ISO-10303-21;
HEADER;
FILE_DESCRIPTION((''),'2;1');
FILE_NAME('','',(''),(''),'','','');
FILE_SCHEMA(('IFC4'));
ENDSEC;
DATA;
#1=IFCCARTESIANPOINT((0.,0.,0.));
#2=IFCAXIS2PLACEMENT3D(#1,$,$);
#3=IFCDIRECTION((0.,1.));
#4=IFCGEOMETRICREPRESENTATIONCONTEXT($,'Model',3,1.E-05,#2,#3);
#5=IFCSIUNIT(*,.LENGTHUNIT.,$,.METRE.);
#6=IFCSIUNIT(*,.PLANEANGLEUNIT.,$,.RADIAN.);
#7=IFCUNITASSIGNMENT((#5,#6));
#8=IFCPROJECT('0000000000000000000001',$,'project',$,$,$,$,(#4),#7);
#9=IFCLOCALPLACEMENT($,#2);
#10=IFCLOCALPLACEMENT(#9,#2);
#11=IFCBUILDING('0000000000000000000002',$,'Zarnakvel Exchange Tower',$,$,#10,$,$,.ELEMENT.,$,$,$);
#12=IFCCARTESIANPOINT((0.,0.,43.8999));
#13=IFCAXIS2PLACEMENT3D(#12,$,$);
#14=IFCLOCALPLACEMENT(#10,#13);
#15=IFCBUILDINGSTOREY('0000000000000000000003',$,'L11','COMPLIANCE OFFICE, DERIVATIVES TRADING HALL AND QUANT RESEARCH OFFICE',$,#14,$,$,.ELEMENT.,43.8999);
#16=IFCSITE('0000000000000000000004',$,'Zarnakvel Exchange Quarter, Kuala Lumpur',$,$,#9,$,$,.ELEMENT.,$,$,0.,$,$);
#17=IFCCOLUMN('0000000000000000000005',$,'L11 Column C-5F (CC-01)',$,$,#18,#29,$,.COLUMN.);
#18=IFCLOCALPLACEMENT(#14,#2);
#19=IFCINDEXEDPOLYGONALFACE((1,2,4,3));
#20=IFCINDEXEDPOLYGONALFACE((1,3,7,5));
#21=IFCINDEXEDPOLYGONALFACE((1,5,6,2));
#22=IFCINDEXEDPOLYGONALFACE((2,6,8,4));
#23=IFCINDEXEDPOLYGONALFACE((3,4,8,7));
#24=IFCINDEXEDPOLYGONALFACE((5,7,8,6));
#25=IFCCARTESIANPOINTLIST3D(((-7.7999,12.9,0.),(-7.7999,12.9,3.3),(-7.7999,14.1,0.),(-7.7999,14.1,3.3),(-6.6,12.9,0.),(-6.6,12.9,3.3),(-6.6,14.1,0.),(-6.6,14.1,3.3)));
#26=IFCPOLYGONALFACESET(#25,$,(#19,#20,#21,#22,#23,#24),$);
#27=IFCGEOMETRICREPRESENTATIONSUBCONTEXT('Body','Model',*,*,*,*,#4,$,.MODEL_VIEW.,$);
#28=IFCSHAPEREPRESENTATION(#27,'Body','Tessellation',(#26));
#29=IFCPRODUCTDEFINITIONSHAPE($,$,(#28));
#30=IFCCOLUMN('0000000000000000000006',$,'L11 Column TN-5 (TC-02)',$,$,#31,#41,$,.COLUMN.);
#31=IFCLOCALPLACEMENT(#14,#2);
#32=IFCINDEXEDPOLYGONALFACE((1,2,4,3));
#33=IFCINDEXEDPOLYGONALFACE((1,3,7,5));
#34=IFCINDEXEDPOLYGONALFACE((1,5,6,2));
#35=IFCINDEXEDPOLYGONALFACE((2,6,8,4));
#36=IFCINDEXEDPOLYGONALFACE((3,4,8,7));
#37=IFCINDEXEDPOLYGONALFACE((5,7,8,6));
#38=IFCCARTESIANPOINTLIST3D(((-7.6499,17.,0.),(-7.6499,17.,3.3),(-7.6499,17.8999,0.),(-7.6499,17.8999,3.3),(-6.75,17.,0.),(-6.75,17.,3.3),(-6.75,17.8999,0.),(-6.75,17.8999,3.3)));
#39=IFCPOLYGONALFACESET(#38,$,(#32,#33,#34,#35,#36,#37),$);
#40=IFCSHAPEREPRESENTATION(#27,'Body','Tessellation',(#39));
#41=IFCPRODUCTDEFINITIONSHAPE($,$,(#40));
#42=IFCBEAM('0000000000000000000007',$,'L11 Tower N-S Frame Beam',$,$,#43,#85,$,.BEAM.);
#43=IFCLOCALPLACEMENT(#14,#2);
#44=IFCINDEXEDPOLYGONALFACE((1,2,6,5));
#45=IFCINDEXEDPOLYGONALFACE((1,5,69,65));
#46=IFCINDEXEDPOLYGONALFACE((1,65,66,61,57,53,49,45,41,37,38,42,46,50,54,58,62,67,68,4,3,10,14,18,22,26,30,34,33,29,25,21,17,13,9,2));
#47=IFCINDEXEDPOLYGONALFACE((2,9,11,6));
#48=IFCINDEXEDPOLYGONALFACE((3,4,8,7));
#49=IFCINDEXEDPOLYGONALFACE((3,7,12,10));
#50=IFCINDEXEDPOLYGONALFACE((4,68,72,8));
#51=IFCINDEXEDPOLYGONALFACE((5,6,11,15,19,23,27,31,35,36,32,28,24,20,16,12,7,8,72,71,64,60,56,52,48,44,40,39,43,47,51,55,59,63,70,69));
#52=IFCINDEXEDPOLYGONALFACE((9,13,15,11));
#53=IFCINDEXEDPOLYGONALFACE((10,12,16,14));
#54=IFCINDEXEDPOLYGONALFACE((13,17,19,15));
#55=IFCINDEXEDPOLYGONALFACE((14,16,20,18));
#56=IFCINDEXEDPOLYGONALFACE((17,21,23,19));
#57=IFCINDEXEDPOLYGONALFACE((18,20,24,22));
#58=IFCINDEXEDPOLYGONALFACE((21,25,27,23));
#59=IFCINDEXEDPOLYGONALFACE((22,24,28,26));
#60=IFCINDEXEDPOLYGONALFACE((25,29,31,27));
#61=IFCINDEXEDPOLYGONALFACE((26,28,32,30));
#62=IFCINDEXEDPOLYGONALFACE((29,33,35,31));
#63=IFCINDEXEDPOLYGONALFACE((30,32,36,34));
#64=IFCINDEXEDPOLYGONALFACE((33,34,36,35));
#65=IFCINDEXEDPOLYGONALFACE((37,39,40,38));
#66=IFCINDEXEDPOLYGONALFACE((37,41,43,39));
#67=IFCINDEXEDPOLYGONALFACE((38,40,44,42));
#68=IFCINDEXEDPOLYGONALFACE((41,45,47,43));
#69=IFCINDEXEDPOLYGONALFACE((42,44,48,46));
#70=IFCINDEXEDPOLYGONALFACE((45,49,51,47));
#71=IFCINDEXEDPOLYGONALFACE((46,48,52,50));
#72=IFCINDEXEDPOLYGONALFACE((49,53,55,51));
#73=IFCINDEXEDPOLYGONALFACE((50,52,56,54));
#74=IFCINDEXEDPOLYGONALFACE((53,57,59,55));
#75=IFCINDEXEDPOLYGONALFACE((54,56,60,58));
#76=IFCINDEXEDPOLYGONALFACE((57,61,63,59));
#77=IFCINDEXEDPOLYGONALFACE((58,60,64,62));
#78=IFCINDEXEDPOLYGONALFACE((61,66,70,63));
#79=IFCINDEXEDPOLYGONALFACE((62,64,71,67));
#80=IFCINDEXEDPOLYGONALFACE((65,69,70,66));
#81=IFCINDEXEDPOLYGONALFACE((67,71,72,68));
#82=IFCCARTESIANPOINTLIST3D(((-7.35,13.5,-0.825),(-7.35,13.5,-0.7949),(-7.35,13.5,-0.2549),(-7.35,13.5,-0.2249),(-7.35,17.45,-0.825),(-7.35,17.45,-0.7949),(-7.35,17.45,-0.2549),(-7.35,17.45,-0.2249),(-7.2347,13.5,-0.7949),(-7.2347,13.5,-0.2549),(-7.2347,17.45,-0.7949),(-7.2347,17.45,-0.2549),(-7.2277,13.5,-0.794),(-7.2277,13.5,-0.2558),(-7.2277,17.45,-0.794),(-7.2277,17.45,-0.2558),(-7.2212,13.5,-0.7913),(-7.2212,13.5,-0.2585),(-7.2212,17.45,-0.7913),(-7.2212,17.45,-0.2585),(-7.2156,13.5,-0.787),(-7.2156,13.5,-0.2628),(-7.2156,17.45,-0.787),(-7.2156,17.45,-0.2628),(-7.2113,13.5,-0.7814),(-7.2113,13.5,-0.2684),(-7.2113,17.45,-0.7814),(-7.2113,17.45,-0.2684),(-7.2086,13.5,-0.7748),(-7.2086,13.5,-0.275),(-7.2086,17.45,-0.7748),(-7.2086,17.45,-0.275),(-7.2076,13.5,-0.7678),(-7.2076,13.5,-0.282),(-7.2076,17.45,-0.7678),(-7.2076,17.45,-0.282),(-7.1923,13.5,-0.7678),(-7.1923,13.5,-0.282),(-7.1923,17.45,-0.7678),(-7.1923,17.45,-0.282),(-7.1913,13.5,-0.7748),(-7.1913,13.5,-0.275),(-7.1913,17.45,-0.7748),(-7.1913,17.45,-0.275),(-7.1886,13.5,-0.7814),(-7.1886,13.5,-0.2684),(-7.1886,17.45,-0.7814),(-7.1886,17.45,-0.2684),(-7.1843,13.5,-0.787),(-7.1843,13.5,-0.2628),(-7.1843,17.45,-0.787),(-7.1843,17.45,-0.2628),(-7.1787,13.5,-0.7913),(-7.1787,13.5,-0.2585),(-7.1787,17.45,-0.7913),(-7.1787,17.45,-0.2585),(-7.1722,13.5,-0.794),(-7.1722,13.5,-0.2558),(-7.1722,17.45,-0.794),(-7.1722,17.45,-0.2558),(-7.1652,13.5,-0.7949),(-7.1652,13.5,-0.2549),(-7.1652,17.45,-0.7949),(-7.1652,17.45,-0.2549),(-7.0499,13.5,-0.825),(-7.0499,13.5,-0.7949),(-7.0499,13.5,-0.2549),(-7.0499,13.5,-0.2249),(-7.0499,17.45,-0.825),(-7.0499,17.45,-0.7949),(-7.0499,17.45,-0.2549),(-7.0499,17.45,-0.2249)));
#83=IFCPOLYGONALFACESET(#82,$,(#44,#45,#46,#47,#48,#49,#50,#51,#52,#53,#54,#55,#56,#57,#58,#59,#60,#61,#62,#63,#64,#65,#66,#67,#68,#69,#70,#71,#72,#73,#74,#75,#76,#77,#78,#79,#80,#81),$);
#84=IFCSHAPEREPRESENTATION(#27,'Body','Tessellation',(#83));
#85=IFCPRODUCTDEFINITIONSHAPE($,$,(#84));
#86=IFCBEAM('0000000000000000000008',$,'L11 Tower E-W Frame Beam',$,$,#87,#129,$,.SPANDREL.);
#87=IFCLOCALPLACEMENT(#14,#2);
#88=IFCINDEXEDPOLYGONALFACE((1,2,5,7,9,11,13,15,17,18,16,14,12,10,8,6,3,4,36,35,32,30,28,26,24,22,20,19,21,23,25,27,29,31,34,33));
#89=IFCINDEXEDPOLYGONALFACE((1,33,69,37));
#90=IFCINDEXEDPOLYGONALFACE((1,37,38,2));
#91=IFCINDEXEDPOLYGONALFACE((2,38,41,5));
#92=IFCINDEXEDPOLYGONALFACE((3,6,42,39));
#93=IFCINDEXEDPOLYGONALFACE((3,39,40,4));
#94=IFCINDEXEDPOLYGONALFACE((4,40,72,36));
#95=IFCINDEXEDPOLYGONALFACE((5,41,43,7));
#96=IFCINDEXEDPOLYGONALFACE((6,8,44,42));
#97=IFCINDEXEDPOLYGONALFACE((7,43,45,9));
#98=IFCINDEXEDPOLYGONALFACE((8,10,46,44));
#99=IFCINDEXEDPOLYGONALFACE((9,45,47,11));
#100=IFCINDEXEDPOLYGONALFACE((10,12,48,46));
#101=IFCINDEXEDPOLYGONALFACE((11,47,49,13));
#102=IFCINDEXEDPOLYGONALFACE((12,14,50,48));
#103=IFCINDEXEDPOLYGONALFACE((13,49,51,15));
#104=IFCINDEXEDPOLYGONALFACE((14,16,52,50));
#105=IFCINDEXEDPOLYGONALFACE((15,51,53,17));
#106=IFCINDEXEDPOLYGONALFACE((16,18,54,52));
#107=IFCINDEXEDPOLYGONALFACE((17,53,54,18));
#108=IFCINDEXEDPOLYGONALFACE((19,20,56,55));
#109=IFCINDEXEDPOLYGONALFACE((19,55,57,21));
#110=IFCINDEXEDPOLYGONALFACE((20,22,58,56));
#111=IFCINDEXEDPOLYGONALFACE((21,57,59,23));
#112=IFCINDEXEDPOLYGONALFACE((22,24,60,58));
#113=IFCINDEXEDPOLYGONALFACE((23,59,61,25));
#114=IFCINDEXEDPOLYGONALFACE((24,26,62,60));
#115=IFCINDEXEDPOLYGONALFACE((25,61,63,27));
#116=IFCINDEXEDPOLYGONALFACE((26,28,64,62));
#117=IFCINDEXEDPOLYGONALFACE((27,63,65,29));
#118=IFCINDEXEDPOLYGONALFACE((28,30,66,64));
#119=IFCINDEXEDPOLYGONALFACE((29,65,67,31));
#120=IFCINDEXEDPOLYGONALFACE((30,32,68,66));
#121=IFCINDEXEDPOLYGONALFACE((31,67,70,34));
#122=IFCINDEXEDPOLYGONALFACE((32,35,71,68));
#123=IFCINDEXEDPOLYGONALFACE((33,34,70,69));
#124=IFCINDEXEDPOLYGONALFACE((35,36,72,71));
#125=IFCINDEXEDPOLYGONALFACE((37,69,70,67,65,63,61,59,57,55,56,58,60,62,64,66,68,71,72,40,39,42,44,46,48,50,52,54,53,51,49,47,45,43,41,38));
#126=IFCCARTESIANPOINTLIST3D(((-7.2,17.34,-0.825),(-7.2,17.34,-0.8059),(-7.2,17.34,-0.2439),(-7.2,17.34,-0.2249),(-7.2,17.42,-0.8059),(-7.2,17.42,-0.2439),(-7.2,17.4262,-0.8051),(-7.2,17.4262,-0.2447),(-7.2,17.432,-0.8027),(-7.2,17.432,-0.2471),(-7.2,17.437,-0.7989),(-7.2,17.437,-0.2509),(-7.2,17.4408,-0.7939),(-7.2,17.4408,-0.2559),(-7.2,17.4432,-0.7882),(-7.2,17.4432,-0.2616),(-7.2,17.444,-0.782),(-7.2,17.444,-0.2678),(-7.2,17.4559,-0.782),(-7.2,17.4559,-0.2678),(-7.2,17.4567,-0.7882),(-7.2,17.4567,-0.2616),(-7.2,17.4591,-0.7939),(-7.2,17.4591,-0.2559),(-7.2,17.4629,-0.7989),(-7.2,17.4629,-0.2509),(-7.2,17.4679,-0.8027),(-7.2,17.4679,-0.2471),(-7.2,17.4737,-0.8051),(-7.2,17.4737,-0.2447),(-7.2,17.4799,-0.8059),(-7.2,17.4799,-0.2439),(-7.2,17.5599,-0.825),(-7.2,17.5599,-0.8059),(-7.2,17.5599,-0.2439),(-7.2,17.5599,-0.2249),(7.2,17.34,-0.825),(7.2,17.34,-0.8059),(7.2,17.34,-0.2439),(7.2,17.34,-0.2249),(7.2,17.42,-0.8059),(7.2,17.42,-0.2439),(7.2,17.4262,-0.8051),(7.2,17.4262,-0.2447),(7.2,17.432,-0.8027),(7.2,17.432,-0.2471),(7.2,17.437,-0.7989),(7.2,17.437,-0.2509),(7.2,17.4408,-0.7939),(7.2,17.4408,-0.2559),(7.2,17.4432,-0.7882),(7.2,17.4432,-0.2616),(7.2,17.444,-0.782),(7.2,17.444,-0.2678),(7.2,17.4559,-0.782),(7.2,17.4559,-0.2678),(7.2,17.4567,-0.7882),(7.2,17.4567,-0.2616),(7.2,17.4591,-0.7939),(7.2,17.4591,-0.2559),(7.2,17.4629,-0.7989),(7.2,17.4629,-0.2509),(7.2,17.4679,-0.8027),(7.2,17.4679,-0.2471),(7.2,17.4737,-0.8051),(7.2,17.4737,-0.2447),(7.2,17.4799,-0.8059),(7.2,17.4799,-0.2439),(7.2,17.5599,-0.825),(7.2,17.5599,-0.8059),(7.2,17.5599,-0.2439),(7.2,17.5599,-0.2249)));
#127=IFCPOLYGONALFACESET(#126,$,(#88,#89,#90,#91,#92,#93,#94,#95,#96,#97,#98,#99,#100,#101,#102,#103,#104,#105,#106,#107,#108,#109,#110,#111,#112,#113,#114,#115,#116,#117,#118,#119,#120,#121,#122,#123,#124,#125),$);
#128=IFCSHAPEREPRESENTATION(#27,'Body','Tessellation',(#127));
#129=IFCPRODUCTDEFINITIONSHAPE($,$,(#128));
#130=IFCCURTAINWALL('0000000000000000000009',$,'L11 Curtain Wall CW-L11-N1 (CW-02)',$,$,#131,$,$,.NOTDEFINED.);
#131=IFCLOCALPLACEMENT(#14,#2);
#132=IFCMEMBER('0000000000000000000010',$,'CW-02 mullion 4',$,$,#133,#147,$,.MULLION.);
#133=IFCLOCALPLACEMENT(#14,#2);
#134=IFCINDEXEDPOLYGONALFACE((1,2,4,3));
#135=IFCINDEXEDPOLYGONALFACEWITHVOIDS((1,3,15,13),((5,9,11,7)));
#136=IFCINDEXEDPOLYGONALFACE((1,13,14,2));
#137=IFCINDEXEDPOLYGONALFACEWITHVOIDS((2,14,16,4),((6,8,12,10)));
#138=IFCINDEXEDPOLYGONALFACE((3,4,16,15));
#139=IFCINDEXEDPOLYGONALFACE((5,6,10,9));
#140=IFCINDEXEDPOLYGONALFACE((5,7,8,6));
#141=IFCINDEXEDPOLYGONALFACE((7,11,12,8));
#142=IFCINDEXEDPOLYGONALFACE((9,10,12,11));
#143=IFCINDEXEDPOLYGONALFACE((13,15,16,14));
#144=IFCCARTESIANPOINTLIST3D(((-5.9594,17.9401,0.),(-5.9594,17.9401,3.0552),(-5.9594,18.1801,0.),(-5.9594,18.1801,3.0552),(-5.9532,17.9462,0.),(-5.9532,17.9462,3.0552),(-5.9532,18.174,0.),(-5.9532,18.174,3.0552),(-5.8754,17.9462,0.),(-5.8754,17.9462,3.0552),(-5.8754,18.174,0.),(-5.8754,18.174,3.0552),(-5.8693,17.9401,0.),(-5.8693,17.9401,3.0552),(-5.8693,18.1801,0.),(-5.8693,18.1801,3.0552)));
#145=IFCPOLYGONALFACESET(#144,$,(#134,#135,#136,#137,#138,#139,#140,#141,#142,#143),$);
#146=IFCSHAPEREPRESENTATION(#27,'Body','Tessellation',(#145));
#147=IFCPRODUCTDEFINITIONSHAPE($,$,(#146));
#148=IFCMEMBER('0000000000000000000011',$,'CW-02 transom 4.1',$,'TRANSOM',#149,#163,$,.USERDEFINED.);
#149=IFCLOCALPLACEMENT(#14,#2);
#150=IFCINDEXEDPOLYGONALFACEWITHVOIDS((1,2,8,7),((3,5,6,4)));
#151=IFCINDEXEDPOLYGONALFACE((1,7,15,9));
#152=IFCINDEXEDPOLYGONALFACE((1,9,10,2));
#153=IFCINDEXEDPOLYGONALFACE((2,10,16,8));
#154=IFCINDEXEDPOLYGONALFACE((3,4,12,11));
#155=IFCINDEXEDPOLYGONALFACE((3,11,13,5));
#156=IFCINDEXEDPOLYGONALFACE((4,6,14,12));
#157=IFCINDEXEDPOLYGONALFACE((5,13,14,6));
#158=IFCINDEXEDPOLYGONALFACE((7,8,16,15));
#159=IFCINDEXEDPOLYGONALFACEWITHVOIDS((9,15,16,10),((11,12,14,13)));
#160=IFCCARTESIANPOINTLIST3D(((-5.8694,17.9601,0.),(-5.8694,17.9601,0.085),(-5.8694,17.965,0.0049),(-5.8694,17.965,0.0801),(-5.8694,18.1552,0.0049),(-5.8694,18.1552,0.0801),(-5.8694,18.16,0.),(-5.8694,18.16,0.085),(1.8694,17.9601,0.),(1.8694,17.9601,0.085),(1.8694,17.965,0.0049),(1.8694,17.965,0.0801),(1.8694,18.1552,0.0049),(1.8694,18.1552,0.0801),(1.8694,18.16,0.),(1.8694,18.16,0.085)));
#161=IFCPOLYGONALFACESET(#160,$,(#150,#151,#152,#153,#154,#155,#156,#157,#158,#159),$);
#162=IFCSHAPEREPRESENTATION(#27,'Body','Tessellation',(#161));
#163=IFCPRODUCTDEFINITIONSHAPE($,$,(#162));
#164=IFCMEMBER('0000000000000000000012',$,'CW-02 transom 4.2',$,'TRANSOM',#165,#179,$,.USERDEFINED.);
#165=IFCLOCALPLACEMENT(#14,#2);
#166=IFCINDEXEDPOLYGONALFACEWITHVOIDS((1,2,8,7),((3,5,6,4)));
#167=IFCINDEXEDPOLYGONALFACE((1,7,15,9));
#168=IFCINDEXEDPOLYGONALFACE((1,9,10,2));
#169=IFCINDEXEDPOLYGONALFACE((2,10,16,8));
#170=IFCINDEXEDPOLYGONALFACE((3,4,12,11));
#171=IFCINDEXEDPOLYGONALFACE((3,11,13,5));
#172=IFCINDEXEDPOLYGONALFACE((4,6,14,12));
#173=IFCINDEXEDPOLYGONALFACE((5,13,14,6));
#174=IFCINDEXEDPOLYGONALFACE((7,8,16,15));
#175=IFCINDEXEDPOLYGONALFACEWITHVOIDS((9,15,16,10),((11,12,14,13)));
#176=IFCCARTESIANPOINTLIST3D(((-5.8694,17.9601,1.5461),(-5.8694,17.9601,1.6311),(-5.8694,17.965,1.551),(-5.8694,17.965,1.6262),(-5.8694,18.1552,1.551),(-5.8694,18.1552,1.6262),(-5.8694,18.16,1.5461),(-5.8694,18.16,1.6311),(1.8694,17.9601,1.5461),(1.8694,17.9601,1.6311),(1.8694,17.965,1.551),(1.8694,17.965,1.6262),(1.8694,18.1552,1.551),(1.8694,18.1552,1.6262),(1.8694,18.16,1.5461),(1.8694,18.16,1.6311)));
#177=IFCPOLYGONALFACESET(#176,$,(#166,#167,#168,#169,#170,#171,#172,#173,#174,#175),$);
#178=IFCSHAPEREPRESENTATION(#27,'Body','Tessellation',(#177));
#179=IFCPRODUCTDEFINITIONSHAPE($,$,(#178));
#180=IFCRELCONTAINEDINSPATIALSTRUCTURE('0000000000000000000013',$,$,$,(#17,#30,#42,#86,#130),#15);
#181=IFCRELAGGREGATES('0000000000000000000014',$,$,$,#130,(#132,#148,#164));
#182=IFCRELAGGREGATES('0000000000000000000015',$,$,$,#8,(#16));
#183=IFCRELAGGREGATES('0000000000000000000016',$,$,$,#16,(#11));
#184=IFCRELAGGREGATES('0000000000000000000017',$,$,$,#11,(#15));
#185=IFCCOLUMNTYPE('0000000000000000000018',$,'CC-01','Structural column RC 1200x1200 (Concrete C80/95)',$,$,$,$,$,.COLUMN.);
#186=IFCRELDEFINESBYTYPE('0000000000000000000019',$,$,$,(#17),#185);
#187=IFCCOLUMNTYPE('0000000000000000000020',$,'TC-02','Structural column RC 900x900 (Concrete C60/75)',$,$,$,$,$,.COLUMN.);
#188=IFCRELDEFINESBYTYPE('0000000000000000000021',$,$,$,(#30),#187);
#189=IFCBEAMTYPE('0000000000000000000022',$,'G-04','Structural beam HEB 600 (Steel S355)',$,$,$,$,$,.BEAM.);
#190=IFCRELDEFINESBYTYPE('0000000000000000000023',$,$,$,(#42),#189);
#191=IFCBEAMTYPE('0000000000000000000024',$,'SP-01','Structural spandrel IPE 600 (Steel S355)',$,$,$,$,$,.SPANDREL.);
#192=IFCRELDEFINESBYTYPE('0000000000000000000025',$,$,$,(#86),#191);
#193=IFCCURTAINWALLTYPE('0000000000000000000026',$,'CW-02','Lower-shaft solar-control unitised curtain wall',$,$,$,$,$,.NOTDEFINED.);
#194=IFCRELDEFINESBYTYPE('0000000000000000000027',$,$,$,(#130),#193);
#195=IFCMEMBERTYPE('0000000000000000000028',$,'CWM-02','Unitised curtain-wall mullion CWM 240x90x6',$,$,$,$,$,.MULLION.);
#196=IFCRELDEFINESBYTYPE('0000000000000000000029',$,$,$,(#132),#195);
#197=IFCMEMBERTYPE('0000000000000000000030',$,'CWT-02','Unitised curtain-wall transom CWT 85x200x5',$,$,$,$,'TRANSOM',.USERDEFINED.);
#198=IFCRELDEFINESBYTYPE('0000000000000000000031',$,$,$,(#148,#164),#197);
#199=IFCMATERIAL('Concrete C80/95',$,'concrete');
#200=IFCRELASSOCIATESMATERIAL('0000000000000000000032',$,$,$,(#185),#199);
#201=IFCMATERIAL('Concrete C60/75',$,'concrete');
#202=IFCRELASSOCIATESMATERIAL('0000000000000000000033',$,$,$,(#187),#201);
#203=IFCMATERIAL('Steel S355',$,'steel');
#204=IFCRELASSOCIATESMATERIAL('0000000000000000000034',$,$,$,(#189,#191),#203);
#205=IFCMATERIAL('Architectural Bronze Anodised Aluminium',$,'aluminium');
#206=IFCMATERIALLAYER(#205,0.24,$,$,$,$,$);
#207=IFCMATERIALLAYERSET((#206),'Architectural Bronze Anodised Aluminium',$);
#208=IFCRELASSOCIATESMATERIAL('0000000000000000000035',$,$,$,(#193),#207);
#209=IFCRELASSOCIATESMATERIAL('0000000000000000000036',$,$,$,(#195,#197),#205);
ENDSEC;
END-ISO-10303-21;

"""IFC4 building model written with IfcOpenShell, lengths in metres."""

from ifc_helpers import new_model, si_unit, direction, frame, origin, origin_2d, place, context, subcontext, project, spatial, rectangle, hollow_rectangle, i_section, extrude, source, transform, mapped, material, layer, layer_set, material_profile, profile_set, type_object, element, aggregate, save


model = new_model("IFC4")

# Units and contexts
model_context = context("Model", 3, precision=1e-05, world=origin(), true_north=direction((0.0, 1.0)))
body_context = subcontext(model_context, "Body", "Model", "MODEL_VIEW")
ifc_project = project(units=[si_unit("LENGTHUNIT", "METRE"), si_unit("PLANEANGLEUNIT", "RADIAN")], contexts=[model_context])

# Site, building, storey
site_placement = place(None, origin())
site = spatial("IfcSite", under=ifc_project, at=site_placement, Name="Zarnakvel Exchange Quarter, Kuala Lumpur", CompositionType="ELEMENT", RefElevation=0.0)
building_placement = place(site_placement, origin())
building = spatial("IfcBuilding", under=site, at=building_placement, Name="Zarnakvel Exchange Tower", CompositionType="ELEMENT")
storey_placement = place(building_placement, frame((0.0, 0.0, 43.8999)))
storey = spatial("IfcBuildingStorey", under=building, at=storey_placement, Name="L11", Description="COMPLIANCE OFFICE, DERIVATIVES TRADING HALL AND QUANT RESEARCH OFFICE", CompositionType="ELEMENT", Elevation=43.8999)

# Columns
ifc_material_1 = material(Name="Concrete C80/95", Category="concrete")
ifc_material_profile_1 = material_profile(ifc_material_1, rectangle(XDim=1.2, YDim=1.2, at=origin_2d()))
ifc_profile_set_1 = profile_set([ifc_material_profile_1], Name="Concrete C80/95")
column_type_1 = type_object("IfcColumnType", Name="CC-01", Description="Structural column RC 1200x1200 (Concrete C80/95)", PredefinedType="COLUMN", material=ifc_profile_set_1)
column_1_placement = place(storey_placement, frame((-7.2, 13.5, 0.0), z_axis=(0.0, 0.0, 1.0), x_axis=(1.0, 0.0, 0.0)))
element("IfcColumn", 1, at=column_1_placement, inside=storey, type_object=column_type_1, Name="L11 Column C-5F (CC-01)", PredefinedType="COLUMN", context=body_context, shape_type="SweptSolid", body=[
    extrude(rectangle(XDim=1.2, YDim=1.2, at=origin_2d()), origin(), (0.0, 0.0, 1.0), 3.3),
])
ifc_material_2 = material(Name="Concrete C60/75", Category="concrete")
ifc_material_profile_2 = material_profile(ifc_material_2, rectangle(XDim=0.8999, YDim=0.8999, at=origin_2d()))
ifc_profile_set_2 = profile_set([ifc_material_profile_2], Name="Concrete C60/75")
column_type_2 = type_object("IfcColumnType", Name="TC-02", Description="Structural column RC 900x900 (Concrete C60/75)", PredefinedType="COLUMN", material=ifc_profile_set_2)
column_2_placement = place(storey_placement, frame((-7.2, 17.45, 0.0), z_axis=(0.0, 0.0, 1.0), x_axis=(1.0, 0.0, 0.0)))
element("IfcColumn", 2, at=column_2_placement, inside=storey, type_object=column_type_2, Name="L11 Column TN-5 (TC-02)", PredefinedType="COLUMN", context=body_context, shape_type="SweptSolid", body=[
    extrude(rectangle(XDim=0.8999, YDim=0.8999, at=origin_2d()), origin(), (0.0, 0.0, 1.0), 3.3),
])

# Beams
ifc_material_3 = material(Name="Steel S355", Category="steel")
ifc_material_profile_3 = material_profile(ifc_material_3, i_section(OverallWidth=0.3, OverallDepth=0.6001, WebThickness=0.0154, FlangeThickness=0.03, FilletRadius=0.0271, at=origin_2d()))
ifc_profile_set_3 = profile_set([ifc_material_profile_3], Name="Steel S355")
beam_type_1 = type_object("IfcBeamType", Name="G-04", Description="Structural beam HEB 600 (Steel S355)", PredefinedType="BEAM", material=ifc_profile_set_3)
beam_1_placement = place(storey_placement, frame((-7.2, 13.5, -0.5249), z_axis=(0.0, 1.0, 0.0), x_axis=(-1.0, 0.0, 0.0)))
element("IfcBeam", 3, at=beam_1_placement, inside=storey, type_object=beam_type_1, Name="L11 Tower N-S Frame Beam", PredefinedType="BEAM", context=body_context, shape_type="SweptSolid", body=[
    extrude(i_section(OverallWidth=0.3, OverallDepth=0.6001, WebThickness=0.0154, FlangeThickness=0.03, FilletRadius=0.0271, at=origin_2d()), origin(), (0.0, 0.0, 1.0), 3.95),
])
ifc_material_profile_4 = material_profile(ifc_material_3, i_section(OverallWidth=0.22, OverallDepth=0.6001, WebThickness=0.012, FlangeThickness=0.019, FilletRadius=0.0239, at=origin_2d()))
ifc_profile_set_4 = profile_set([ifc_material_profile_4], Name="Steel S355")
beam_type_2 = type_object("IfcBeamType", Name="SP-01", Description="Structural spandrel IPE 600 (Steel S355)", PredefinedType="SPANDREL", material=ifc_profile_set_4)
beam_2_placement = place(storey_placement, frame((-7.2, 17.45, -0.5249), z_axis=(1.0, 0.0, 0.0), x_axis=(0.0, 1.0, 0.0)))
element("IfcBeam", 4, at=beam_2_placement, inside=storey, type_object=beam_type_2, Name="L11 Tower E-W Frame Beam", PredefinedType="SPANDREL", context=body_context, shape_type="SweptSolid", body=[
    extrude(i_section(OverallWidth=0.22, OverallDepth=0.6001, WebThickness=0.012, FlangeThickness=0.019, FilletRadius=0.0239, at=origin_2d()), origin(), (0.0, 0.0, 1.0), 14.3999),
])

# Curtain wall, members
ifc_material_4 = material(Name="Architectural Bronze Anodised Aluminium", Category="aluminium")
ifc_layer_1 = layer(ifc_material_4, 0.24)
ifc_layer_set_1 = layer_set([ifc_layer_1], Name="Architectural Bronze Anodised Aluminium")
curtain_wall_type = type_object("IfcCurtainWallType", Name="CW-02", Description="Lower-shaft solar-control unitised curtain wall", PredefinedType="NOTDEFINED", material=ifc_layer_set_1)
curtain_wall_placement = place(storey_placement, origin())
curtain_wall = element("IfcCurtainWall", 5, at=curtain_wall_placement, inside=storey, type_object=curtain_wall_type, Name="L11 Curtain Wall CW-L11-N1 (CW-02)", PredefinedType="NOTDEFINED")
ifc_material_profile_5 = material_profile(ifc_material_4, hollow_rectangle(XDim=0.24, YDim=0.0901, WallThickness=0.0061, at=origin_2d()))
ifc_profile_set_5 = profile_set([ifc_material_profile_5], Name="Architectural Bronze Anodised Aluminium")
member_type_1 = type_object("IfcMemberType", Name="CWM-02", Description="Unitised curtain-wall mullion CWM 240x90x6", PredefinedType="MULLION", material=ifc_profile_set_5)
shared_shape_1 = source(origin(), body_context, "Body", "SweptSolid", [
    extrude(hollow_rectangle(XDim=0.24, YDim=0.0901, WallThickness=0.0061, at=origin_2d()), origin(), (0.0, 0.0, 1.0), 3.0552),
])
member_1_placement = place(storey_placement, frame((-5.9143, 18.0601, 0.0), z_axis=(0.0, 0.0, 1.0), x_axis=(0.0, 1.0, 0.0)))
member_1 = element("IfcMember", 6, at=member_1_placement, type_object=member_type_1, Name="CW-02 mullion 4", PredefinedType="MULLION", context=body_context, shape_type="MappedRepresentation", body=[
    mapped(shared_shape_1, transform((0.0, 0.0, 0.0), x_axis=(1.0, 0.0, 0.0), y_axis=(0.0, 1.0, 0.0), z_axis=(0.0, 0.0, 1.0), scale=1.0)),
])
ifc_material_profile_6 = material_profile(ifc_material_4, hollow_rectangle(XDim=0.2, YDim=0.085, WallThickness=0.0049, at=origin_2d()))
ifc_profile_set_6 = profile_set([ifc_material_profile_6], Name="Architectural Bronze Anodised Aluminium")
member_type_2 = type_object("IfcMemberType", Name="CWT-02", Description="Unitised curtain-wall transom CWT 85x200x5", ElementType="TRANSOM", PredefinedType="USERDEFINED", material=ifc_profile_set_6)
shared_shape_2 = source(origin(), body_context, "Body", "SweptSolid", [
    extrude(hollow_rectangle(XDim=0.2, YDim=0.085, WallThickness=0.0049, at=origin_2d()), origin(), (0.0, 0.0, 1.0), 7.7388),
])
member_2_placement = place(storey_placement, frame((-5.8694, 18.0601, 0.0425), z_axis=(1.0, 0.0, 0.0), x_axis=(0.0, 1.0, 0.0)))
member_2 = element("IfcMember", 7, at=member_2_placement, type_object=member_type_2, Name="CW-02 transom 4.1", ObjectType="TRANSOM", PredefinedType="USERDEFINED", context=body_context, shape_type="MappedRepresentation", body=[
    mapped(shared_shape_2, transform((0.0, 0.0, 0.0), x_axis=(1.0, 0.0, 0.0), y_axis=(0.0, 1.0, 0.0), z_axis=(0.0, 0.0, 1.0), scale=1.0)),
])
member_3_placement = place(storey_placement, frame((-5.8694, 18.0601, 1.5886), z_axis=(1.0, 0.0, 0.0), x_axis=(0.0, 1.0, 0.0)))
member_3 = element("IfcMember", 8, at=member_3_placement, type_object=member_type_2, Name="CW-02 transom 4.2", ObjectType="TRANSOM", PredefinedType="USERDEFINED", context=body_context, shape_type="MappedRepresentation", body=[
    mapped(shared_shape_2, transform((0.0, 0.0, 0.0), x_axis=(1.0, 0.0, 0.0), y_axis=(0.0, 1.0, 0.0), z_axis=(0.0, 0.0, 1.0), scale=1.0)),
])
aggregate(curtain_wall, [member_1, member_2, member_3])

save(model, "model.ifc")
